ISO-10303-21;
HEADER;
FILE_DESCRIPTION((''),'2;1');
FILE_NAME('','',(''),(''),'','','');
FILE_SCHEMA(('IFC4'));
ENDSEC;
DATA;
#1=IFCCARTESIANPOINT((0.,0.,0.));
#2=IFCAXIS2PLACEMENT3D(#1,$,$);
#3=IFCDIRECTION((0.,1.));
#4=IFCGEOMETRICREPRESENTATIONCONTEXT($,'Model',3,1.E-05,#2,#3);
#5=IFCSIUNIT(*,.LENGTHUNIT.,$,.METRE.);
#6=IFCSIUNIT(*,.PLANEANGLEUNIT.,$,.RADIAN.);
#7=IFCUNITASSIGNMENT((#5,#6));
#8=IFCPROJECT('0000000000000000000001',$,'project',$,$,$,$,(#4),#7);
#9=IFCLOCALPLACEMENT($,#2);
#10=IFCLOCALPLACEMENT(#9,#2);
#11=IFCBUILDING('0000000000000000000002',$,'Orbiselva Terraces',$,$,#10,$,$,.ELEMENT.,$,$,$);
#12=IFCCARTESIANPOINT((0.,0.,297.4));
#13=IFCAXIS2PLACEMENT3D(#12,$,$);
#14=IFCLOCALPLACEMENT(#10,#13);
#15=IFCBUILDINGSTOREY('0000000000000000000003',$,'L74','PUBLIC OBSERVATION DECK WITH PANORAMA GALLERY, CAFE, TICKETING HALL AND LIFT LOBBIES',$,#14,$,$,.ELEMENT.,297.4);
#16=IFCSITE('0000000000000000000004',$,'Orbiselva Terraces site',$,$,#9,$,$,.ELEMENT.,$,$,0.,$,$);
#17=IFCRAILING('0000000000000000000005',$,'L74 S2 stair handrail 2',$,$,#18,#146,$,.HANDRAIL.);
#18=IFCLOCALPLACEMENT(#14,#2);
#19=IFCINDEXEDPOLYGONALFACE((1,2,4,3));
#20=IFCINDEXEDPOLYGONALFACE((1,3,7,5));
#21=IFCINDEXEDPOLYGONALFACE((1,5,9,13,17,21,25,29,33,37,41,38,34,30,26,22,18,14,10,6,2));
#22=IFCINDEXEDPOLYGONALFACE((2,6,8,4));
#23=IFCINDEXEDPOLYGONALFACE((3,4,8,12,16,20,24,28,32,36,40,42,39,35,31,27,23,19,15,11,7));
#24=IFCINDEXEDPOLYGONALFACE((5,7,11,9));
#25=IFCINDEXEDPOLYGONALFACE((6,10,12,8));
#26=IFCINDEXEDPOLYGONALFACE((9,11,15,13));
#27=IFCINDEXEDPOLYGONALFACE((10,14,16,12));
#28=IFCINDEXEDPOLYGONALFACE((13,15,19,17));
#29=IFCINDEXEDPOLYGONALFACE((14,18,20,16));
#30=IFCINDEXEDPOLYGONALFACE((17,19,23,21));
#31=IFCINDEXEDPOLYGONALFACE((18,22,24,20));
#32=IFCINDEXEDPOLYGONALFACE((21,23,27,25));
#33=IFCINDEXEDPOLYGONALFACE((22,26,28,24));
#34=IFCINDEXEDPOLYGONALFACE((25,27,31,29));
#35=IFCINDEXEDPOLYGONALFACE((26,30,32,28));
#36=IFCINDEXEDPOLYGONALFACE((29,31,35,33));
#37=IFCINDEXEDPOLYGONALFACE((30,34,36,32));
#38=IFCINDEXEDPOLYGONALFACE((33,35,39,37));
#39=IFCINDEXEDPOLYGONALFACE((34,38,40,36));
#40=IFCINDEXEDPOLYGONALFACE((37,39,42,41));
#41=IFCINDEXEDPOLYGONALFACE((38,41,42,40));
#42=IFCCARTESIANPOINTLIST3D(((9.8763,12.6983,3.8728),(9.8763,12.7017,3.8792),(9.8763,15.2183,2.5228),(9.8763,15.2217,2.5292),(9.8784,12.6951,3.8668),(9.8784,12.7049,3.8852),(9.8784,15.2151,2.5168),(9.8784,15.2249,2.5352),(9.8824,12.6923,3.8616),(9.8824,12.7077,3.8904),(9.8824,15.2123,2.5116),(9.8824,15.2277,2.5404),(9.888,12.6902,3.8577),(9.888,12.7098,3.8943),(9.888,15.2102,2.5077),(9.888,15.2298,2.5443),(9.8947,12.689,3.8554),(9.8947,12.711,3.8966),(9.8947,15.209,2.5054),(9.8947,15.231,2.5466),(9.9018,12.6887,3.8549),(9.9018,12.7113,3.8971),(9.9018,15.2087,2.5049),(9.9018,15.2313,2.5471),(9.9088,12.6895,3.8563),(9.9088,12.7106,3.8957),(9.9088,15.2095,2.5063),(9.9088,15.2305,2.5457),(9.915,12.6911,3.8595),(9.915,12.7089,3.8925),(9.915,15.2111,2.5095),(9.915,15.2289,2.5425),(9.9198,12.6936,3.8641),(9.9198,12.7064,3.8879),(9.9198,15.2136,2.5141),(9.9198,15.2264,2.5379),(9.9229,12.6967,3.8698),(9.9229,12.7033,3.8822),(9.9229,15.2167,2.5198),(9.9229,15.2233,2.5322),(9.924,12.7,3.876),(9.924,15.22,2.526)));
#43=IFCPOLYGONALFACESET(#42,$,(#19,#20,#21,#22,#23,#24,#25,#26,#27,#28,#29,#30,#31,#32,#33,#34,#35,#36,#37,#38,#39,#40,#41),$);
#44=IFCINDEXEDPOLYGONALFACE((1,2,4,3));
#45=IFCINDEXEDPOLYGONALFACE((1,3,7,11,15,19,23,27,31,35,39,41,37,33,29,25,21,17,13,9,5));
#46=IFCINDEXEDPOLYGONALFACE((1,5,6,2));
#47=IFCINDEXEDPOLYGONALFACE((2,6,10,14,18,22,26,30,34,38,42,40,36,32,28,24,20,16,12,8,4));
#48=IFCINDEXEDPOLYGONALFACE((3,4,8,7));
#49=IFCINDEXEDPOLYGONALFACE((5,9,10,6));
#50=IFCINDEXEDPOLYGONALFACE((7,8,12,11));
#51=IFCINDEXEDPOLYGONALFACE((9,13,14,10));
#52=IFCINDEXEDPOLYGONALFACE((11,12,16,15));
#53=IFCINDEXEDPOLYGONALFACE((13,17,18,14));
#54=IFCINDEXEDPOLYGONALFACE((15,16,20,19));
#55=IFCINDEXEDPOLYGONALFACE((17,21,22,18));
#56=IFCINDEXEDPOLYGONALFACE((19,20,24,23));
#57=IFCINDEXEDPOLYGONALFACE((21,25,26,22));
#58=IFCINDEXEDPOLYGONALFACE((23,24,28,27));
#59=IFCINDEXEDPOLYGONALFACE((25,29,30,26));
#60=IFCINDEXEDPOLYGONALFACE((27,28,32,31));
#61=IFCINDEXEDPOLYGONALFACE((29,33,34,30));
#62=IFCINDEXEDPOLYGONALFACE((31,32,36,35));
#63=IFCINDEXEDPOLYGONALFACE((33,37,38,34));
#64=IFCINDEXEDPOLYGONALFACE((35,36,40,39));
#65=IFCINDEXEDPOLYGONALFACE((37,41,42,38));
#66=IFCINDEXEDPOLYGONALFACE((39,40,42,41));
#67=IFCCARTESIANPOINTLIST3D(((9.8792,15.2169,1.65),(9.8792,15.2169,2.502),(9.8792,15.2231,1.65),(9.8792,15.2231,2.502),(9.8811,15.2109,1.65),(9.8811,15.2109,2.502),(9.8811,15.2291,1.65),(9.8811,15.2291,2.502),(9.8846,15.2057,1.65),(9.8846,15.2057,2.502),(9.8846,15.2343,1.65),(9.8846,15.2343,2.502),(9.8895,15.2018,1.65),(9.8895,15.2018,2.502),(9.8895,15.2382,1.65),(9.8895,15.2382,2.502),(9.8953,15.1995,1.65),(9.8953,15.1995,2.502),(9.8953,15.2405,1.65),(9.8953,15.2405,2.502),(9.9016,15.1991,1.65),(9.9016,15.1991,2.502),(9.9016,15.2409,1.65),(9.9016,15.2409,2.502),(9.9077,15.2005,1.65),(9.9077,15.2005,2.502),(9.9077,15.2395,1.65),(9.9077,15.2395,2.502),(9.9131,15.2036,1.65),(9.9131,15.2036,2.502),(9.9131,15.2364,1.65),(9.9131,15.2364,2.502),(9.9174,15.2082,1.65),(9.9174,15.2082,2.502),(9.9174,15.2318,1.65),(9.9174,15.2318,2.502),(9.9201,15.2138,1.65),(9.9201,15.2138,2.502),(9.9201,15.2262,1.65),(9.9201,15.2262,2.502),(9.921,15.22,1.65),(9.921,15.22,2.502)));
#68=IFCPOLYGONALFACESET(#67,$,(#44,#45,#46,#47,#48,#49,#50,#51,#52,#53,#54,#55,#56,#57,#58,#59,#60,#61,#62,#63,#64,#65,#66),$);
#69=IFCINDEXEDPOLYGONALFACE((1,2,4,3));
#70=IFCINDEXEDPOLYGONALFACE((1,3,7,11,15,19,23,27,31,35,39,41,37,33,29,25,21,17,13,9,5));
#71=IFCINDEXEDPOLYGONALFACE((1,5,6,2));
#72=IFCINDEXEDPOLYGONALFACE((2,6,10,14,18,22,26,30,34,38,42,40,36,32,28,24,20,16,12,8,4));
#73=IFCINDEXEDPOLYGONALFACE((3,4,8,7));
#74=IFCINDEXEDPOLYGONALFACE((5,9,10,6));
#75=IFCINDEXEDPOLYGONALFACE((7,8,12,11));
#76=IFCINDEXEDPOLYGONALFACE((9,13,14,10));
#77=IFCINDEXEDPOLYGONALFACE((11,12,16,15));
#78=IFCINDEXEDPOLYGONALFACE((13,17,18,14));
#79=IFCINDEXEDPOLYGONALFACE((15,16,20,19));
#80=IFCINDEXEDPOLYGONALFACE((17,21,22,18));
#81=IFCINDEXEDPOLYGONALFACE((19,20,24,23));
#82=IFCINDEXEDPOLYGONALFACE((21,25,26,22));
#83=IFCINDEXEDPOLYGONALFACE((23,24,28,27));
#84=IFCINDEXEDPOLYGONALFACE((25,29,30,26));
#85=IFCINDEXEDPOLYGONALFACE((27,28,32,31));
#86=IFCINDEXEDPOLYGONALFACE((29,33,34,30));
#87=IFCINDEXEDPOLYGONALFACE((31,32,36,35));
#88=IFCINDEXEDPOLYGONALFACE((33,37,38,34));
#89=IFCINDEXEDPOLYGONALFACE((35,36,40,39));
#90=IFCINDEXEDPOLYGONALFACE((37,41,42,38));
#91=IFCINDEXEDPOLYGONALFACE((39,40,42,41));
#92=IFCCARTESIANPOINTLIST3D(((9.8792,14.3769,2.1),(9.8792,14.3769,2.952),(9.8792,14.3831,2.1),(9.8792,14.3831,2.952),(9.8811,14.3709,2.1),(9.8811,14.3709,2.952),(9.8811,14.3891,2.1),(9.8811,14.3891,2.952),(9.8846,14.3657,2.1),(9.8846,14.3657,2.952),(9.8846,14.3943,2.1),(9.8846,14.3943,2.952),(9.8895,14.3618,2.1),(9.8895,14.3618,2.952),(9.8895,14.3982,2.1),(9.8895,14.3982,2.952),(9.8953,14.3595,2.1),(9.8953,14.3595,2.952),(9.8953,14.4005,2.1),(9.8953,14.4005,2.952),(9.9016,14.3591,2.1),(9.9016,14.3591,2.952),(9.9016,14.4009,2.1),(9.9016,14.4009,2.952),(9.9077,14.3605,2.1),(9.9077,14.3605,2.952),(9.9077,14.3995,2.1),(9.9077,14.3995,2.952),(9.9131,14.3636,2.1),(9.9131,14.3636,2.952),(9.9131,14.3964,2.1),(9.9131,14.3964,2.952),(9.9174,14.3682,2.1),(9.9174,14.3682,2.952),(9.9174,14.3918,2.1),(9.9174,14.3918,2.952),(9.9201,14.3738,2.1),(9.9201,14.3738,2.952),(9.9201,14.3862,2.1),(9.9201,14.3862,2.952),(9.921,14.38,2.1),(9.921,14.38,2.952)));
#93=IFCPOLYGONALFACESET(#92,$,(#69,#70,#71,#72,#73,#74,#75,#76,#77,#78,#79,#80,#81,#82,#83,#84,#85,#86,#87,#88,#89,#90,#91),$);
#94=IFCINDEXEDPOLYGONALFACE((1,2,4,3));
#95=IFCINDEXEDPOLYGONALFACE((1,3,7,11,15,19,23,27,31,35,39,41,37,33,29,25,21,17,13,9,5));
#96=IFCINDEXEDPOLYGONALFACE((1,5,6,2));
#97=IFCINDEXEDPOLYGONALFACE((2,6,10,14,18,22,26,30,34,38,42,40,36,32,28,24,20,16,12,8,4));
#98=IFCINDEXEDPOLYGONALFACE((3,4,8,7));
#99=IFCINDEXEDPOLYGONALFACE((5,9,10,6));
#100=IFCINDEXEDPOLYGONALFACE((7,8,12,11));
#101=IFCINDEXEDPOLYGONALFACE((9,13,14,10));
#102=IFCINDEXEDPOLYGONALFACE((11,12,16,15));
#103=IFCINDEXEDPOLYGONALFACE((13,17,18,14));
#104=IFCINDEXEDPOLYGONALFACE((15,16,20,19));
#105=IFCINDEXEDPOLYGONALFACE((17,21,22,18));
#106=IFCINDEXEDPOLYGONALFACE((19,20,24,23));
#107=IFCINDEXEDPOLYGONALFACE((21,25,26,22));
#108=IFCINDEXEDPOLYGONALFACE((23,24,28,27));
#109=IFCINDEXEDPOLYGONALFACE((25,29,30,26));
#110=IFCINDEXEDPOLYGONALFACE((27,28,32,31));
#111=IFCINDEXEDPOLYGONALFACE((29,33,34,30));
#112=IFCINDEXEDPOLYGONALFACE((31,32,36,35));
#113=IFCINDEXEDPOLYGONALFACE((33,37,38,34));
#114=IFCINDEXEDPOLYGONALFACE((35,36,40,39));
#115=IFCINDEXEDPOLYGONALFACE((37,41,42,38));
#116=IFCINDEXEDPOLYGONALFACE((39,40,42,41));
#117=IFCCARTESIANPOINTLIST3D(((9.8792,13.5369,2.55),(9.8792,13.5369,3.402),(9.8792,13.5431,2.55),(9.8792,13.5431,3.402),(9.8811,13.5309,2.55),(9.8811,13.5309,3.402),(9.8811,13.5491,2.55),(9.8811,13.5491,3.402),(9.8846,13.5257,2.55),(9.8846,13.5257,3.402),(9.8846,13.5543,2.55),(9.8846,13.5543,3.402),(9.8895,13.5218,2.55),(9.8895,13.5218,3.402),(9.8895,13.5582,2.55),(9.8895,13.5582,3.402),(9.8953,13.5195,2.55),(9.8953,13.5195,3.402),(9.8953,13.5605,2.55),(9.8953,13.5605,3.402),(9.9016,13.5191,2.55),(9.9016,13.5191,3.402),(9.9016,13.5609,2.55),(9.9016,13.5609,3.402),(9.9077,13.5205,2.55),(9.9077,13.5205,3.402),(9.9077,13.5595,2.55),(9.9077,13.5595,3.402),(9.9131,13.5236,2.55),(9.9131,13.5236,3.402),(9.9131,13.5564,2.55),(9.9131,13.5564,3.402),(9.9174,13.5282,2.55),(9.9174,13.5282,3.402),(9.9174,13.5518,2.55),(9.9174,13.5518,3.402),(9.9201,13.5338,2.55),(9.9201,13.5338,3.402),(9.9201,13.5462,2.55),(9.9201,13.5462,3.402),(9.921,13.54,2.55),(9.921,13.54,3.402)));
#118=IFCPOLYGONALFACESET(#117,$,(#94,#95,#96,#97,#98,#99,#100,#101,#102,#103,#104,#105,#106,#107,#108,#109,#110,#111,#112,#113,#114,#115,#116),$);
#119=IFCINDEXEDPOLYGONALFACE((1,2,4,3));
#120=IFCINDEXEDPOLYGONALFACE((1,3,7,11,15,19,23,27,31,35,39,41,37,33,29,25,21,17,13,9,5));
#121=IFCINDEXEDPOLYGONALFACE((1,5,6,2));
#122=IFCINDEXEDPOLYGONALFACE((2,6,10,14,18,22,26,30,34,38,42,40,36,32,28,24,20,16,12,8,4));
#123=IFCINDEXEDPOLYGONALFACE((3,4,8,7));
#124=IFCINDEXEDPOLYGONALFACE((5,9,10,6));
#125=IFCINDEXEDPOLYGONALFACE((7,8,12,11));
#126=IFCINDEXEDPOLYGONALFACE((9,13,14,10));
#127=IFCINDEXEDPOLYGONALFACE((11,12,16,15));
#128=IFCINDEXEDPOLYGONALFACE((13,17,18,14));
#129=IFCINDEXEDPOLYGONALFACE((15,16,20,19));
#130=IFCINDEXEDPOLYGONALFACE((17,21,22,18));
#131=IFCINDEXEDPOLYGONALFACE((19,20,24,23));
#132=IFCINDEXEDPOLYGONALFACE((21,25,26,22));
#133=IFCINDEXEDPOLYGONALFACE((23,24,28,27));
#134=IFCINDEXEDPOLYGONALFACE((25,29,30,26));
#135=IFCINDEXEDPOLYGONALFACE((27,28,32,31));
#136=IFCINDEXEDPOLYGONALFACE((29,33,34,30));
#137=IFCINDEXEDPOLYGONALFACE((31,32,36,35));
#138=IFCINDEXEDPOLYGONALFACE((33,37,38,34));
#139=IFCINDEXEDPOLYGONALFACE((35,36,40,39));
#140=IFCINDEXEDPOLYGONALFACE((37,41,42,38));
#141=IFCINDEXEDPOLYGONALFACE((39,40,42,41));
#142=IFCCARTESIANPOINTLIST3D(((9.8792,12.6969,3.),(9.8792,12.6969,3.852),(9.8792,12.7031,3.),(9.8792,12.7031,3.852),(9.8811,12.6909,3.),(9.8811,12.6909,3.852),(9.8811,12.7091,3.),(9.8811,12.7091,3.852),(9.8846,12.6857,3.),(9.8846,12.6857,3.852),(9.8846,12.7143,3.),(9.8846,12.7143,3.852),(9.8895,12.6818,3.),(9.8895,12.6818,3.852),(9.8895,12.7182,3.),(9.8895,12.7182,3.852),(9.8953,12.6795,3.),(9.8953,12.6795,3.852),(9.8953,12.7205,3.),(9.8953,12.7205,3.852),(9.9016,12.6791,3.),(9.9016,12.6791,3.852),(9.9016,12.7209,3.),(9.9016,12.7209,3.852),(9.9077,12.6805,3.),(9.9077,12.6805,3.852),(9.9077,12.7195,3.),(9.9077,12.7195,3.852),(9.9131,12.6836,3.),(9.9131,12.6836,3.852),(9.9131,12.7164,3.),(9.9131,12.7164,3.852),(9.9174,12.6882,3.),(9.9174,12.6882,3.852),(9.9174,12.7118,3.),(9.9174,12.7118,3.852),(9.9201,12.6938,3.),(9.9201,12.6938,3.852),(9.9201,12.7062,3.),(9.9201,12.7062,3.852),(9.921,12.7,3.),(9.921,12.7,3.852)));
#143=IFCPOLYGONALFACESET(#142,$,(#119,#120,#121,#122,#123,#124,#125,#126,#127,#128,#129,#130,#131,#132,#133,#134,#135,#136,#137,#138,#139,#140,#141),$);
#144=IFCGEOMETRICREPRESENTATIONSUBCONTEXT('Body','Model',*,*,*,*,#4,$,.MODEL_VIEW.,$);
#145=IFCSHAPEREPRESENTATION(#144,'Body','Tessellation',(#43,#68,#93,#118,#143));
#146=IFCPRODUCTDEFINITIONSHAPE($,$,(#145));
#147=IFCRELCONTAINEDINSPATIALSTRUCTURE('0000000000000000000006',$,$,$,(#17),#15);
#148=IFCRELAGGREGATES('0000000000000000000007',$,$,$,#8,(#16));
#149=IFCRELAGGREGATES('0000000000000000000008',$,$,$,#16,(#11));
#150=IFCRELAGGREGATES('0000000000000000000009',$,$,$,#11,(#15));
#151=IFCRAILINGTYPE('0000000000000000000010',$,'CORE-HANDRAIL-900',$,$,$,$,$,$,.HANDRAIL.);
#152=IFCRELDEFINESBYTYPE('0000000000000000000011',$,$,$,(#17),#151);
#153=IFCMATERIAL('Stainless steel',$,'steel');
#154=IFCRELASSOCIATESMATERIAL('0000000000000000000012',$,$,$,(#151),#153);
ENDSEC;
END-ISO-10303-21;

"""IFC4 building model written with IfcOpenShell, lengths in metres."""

from ifc_helpers import new_model, si_unit, direction, frame, origin, origin_2d, place, context, subcontext, project, spatial, circle, extrude, material, type_object, element, save


model = new_model("IFC4")

# Units and contexts
model_context = context("Model", 3, precision=1e-05, world=origin(), true_north=direction((0.0, 1.0)))
body_context = subcontext(model_context, "Body", "Model", "MODEL_VIEW")
ifc_project = project(units=[si_unit("LENGTHUNIT", "METRE"), si_unit("PLANEANGLEUNIT", "RADIAN")], contexts=[model_context])

# Site, building, storey
site_placement = place(None, origin())
site = spatial("IfcSite", under=ifc_project, at=site_placement, Name="Orbiselva Terraces site", CompositionType="ELEMENT", RefElevation=0.0)
building_placement = place(site_placement, origin())
building = spatial("IfcBuilding", under=site, at=building_placement, Name="Orbiselva Terraces", CompositionType="ELEMENT")
storey_placement = place(building_placement, frame((0.0, 0.0, 297.4)))
storey = spatial("IfcBuildingStorey", under=building, at=storey_placement, Name="L74", Description="PUBLIC OBSERVATION DECK WITH PANORAMA GALLERY, CAFE, TICKETING HALL AND LIFT LOBBIES", CompositionType="ELEMENT", Elevation=297.4)

# Railing
ifc_material_1 = material(Name="Stainless steel", Category="steel")
railing_type = type_object("IfcRailingType", Name="CORE-HANDRAIL-900", PredefinedType="HANDRAIL", material=ifc_material_1)
railing_1_placement = place(storey_placement, frame((9.9, 15.22, 1.65)))
element("IfcRailing", 1, at=railing_1_placement, inside=storey, type_object=railing_type, Name="L74 S2 stair handrail 2", PredefinedType="HANDRAIL", context=body_context, shape_type="SweptSolid", body=[
    extrude(circle(Radius=0.024, at=origin_2d()), frame((0.0, 0.0, 0.876), z_axis=(0.0, -0.88148, 0.472221), x_axis=(1.0, 0.0, 0.0)), (0.0, 0.0, 1.0), 2.8588),
    extrude(circle(Radius=0.021, at=origin_2d()), origin(), (0.0, 0.0, 1.0), 0.852),
    extrude(circle(Radius=0.021, at=origin_2d()), frame((0.0, -0.84, 0.45)), (0.0, 0.0, 1.0), 0.852),
    extrude(circle(Radius=0.021, at=origin_2d()), frame((0.0, -1.68, 0.9)), (0.0, 0.0, 1.0), 0.852),
    extrude(circle(Radius=0.021, at=origin_2d()), frame((0.0, -2.52, 1.35)), (0.0, 0.0, 1.0), 0.852),
])

save(model, "model.ifc")
